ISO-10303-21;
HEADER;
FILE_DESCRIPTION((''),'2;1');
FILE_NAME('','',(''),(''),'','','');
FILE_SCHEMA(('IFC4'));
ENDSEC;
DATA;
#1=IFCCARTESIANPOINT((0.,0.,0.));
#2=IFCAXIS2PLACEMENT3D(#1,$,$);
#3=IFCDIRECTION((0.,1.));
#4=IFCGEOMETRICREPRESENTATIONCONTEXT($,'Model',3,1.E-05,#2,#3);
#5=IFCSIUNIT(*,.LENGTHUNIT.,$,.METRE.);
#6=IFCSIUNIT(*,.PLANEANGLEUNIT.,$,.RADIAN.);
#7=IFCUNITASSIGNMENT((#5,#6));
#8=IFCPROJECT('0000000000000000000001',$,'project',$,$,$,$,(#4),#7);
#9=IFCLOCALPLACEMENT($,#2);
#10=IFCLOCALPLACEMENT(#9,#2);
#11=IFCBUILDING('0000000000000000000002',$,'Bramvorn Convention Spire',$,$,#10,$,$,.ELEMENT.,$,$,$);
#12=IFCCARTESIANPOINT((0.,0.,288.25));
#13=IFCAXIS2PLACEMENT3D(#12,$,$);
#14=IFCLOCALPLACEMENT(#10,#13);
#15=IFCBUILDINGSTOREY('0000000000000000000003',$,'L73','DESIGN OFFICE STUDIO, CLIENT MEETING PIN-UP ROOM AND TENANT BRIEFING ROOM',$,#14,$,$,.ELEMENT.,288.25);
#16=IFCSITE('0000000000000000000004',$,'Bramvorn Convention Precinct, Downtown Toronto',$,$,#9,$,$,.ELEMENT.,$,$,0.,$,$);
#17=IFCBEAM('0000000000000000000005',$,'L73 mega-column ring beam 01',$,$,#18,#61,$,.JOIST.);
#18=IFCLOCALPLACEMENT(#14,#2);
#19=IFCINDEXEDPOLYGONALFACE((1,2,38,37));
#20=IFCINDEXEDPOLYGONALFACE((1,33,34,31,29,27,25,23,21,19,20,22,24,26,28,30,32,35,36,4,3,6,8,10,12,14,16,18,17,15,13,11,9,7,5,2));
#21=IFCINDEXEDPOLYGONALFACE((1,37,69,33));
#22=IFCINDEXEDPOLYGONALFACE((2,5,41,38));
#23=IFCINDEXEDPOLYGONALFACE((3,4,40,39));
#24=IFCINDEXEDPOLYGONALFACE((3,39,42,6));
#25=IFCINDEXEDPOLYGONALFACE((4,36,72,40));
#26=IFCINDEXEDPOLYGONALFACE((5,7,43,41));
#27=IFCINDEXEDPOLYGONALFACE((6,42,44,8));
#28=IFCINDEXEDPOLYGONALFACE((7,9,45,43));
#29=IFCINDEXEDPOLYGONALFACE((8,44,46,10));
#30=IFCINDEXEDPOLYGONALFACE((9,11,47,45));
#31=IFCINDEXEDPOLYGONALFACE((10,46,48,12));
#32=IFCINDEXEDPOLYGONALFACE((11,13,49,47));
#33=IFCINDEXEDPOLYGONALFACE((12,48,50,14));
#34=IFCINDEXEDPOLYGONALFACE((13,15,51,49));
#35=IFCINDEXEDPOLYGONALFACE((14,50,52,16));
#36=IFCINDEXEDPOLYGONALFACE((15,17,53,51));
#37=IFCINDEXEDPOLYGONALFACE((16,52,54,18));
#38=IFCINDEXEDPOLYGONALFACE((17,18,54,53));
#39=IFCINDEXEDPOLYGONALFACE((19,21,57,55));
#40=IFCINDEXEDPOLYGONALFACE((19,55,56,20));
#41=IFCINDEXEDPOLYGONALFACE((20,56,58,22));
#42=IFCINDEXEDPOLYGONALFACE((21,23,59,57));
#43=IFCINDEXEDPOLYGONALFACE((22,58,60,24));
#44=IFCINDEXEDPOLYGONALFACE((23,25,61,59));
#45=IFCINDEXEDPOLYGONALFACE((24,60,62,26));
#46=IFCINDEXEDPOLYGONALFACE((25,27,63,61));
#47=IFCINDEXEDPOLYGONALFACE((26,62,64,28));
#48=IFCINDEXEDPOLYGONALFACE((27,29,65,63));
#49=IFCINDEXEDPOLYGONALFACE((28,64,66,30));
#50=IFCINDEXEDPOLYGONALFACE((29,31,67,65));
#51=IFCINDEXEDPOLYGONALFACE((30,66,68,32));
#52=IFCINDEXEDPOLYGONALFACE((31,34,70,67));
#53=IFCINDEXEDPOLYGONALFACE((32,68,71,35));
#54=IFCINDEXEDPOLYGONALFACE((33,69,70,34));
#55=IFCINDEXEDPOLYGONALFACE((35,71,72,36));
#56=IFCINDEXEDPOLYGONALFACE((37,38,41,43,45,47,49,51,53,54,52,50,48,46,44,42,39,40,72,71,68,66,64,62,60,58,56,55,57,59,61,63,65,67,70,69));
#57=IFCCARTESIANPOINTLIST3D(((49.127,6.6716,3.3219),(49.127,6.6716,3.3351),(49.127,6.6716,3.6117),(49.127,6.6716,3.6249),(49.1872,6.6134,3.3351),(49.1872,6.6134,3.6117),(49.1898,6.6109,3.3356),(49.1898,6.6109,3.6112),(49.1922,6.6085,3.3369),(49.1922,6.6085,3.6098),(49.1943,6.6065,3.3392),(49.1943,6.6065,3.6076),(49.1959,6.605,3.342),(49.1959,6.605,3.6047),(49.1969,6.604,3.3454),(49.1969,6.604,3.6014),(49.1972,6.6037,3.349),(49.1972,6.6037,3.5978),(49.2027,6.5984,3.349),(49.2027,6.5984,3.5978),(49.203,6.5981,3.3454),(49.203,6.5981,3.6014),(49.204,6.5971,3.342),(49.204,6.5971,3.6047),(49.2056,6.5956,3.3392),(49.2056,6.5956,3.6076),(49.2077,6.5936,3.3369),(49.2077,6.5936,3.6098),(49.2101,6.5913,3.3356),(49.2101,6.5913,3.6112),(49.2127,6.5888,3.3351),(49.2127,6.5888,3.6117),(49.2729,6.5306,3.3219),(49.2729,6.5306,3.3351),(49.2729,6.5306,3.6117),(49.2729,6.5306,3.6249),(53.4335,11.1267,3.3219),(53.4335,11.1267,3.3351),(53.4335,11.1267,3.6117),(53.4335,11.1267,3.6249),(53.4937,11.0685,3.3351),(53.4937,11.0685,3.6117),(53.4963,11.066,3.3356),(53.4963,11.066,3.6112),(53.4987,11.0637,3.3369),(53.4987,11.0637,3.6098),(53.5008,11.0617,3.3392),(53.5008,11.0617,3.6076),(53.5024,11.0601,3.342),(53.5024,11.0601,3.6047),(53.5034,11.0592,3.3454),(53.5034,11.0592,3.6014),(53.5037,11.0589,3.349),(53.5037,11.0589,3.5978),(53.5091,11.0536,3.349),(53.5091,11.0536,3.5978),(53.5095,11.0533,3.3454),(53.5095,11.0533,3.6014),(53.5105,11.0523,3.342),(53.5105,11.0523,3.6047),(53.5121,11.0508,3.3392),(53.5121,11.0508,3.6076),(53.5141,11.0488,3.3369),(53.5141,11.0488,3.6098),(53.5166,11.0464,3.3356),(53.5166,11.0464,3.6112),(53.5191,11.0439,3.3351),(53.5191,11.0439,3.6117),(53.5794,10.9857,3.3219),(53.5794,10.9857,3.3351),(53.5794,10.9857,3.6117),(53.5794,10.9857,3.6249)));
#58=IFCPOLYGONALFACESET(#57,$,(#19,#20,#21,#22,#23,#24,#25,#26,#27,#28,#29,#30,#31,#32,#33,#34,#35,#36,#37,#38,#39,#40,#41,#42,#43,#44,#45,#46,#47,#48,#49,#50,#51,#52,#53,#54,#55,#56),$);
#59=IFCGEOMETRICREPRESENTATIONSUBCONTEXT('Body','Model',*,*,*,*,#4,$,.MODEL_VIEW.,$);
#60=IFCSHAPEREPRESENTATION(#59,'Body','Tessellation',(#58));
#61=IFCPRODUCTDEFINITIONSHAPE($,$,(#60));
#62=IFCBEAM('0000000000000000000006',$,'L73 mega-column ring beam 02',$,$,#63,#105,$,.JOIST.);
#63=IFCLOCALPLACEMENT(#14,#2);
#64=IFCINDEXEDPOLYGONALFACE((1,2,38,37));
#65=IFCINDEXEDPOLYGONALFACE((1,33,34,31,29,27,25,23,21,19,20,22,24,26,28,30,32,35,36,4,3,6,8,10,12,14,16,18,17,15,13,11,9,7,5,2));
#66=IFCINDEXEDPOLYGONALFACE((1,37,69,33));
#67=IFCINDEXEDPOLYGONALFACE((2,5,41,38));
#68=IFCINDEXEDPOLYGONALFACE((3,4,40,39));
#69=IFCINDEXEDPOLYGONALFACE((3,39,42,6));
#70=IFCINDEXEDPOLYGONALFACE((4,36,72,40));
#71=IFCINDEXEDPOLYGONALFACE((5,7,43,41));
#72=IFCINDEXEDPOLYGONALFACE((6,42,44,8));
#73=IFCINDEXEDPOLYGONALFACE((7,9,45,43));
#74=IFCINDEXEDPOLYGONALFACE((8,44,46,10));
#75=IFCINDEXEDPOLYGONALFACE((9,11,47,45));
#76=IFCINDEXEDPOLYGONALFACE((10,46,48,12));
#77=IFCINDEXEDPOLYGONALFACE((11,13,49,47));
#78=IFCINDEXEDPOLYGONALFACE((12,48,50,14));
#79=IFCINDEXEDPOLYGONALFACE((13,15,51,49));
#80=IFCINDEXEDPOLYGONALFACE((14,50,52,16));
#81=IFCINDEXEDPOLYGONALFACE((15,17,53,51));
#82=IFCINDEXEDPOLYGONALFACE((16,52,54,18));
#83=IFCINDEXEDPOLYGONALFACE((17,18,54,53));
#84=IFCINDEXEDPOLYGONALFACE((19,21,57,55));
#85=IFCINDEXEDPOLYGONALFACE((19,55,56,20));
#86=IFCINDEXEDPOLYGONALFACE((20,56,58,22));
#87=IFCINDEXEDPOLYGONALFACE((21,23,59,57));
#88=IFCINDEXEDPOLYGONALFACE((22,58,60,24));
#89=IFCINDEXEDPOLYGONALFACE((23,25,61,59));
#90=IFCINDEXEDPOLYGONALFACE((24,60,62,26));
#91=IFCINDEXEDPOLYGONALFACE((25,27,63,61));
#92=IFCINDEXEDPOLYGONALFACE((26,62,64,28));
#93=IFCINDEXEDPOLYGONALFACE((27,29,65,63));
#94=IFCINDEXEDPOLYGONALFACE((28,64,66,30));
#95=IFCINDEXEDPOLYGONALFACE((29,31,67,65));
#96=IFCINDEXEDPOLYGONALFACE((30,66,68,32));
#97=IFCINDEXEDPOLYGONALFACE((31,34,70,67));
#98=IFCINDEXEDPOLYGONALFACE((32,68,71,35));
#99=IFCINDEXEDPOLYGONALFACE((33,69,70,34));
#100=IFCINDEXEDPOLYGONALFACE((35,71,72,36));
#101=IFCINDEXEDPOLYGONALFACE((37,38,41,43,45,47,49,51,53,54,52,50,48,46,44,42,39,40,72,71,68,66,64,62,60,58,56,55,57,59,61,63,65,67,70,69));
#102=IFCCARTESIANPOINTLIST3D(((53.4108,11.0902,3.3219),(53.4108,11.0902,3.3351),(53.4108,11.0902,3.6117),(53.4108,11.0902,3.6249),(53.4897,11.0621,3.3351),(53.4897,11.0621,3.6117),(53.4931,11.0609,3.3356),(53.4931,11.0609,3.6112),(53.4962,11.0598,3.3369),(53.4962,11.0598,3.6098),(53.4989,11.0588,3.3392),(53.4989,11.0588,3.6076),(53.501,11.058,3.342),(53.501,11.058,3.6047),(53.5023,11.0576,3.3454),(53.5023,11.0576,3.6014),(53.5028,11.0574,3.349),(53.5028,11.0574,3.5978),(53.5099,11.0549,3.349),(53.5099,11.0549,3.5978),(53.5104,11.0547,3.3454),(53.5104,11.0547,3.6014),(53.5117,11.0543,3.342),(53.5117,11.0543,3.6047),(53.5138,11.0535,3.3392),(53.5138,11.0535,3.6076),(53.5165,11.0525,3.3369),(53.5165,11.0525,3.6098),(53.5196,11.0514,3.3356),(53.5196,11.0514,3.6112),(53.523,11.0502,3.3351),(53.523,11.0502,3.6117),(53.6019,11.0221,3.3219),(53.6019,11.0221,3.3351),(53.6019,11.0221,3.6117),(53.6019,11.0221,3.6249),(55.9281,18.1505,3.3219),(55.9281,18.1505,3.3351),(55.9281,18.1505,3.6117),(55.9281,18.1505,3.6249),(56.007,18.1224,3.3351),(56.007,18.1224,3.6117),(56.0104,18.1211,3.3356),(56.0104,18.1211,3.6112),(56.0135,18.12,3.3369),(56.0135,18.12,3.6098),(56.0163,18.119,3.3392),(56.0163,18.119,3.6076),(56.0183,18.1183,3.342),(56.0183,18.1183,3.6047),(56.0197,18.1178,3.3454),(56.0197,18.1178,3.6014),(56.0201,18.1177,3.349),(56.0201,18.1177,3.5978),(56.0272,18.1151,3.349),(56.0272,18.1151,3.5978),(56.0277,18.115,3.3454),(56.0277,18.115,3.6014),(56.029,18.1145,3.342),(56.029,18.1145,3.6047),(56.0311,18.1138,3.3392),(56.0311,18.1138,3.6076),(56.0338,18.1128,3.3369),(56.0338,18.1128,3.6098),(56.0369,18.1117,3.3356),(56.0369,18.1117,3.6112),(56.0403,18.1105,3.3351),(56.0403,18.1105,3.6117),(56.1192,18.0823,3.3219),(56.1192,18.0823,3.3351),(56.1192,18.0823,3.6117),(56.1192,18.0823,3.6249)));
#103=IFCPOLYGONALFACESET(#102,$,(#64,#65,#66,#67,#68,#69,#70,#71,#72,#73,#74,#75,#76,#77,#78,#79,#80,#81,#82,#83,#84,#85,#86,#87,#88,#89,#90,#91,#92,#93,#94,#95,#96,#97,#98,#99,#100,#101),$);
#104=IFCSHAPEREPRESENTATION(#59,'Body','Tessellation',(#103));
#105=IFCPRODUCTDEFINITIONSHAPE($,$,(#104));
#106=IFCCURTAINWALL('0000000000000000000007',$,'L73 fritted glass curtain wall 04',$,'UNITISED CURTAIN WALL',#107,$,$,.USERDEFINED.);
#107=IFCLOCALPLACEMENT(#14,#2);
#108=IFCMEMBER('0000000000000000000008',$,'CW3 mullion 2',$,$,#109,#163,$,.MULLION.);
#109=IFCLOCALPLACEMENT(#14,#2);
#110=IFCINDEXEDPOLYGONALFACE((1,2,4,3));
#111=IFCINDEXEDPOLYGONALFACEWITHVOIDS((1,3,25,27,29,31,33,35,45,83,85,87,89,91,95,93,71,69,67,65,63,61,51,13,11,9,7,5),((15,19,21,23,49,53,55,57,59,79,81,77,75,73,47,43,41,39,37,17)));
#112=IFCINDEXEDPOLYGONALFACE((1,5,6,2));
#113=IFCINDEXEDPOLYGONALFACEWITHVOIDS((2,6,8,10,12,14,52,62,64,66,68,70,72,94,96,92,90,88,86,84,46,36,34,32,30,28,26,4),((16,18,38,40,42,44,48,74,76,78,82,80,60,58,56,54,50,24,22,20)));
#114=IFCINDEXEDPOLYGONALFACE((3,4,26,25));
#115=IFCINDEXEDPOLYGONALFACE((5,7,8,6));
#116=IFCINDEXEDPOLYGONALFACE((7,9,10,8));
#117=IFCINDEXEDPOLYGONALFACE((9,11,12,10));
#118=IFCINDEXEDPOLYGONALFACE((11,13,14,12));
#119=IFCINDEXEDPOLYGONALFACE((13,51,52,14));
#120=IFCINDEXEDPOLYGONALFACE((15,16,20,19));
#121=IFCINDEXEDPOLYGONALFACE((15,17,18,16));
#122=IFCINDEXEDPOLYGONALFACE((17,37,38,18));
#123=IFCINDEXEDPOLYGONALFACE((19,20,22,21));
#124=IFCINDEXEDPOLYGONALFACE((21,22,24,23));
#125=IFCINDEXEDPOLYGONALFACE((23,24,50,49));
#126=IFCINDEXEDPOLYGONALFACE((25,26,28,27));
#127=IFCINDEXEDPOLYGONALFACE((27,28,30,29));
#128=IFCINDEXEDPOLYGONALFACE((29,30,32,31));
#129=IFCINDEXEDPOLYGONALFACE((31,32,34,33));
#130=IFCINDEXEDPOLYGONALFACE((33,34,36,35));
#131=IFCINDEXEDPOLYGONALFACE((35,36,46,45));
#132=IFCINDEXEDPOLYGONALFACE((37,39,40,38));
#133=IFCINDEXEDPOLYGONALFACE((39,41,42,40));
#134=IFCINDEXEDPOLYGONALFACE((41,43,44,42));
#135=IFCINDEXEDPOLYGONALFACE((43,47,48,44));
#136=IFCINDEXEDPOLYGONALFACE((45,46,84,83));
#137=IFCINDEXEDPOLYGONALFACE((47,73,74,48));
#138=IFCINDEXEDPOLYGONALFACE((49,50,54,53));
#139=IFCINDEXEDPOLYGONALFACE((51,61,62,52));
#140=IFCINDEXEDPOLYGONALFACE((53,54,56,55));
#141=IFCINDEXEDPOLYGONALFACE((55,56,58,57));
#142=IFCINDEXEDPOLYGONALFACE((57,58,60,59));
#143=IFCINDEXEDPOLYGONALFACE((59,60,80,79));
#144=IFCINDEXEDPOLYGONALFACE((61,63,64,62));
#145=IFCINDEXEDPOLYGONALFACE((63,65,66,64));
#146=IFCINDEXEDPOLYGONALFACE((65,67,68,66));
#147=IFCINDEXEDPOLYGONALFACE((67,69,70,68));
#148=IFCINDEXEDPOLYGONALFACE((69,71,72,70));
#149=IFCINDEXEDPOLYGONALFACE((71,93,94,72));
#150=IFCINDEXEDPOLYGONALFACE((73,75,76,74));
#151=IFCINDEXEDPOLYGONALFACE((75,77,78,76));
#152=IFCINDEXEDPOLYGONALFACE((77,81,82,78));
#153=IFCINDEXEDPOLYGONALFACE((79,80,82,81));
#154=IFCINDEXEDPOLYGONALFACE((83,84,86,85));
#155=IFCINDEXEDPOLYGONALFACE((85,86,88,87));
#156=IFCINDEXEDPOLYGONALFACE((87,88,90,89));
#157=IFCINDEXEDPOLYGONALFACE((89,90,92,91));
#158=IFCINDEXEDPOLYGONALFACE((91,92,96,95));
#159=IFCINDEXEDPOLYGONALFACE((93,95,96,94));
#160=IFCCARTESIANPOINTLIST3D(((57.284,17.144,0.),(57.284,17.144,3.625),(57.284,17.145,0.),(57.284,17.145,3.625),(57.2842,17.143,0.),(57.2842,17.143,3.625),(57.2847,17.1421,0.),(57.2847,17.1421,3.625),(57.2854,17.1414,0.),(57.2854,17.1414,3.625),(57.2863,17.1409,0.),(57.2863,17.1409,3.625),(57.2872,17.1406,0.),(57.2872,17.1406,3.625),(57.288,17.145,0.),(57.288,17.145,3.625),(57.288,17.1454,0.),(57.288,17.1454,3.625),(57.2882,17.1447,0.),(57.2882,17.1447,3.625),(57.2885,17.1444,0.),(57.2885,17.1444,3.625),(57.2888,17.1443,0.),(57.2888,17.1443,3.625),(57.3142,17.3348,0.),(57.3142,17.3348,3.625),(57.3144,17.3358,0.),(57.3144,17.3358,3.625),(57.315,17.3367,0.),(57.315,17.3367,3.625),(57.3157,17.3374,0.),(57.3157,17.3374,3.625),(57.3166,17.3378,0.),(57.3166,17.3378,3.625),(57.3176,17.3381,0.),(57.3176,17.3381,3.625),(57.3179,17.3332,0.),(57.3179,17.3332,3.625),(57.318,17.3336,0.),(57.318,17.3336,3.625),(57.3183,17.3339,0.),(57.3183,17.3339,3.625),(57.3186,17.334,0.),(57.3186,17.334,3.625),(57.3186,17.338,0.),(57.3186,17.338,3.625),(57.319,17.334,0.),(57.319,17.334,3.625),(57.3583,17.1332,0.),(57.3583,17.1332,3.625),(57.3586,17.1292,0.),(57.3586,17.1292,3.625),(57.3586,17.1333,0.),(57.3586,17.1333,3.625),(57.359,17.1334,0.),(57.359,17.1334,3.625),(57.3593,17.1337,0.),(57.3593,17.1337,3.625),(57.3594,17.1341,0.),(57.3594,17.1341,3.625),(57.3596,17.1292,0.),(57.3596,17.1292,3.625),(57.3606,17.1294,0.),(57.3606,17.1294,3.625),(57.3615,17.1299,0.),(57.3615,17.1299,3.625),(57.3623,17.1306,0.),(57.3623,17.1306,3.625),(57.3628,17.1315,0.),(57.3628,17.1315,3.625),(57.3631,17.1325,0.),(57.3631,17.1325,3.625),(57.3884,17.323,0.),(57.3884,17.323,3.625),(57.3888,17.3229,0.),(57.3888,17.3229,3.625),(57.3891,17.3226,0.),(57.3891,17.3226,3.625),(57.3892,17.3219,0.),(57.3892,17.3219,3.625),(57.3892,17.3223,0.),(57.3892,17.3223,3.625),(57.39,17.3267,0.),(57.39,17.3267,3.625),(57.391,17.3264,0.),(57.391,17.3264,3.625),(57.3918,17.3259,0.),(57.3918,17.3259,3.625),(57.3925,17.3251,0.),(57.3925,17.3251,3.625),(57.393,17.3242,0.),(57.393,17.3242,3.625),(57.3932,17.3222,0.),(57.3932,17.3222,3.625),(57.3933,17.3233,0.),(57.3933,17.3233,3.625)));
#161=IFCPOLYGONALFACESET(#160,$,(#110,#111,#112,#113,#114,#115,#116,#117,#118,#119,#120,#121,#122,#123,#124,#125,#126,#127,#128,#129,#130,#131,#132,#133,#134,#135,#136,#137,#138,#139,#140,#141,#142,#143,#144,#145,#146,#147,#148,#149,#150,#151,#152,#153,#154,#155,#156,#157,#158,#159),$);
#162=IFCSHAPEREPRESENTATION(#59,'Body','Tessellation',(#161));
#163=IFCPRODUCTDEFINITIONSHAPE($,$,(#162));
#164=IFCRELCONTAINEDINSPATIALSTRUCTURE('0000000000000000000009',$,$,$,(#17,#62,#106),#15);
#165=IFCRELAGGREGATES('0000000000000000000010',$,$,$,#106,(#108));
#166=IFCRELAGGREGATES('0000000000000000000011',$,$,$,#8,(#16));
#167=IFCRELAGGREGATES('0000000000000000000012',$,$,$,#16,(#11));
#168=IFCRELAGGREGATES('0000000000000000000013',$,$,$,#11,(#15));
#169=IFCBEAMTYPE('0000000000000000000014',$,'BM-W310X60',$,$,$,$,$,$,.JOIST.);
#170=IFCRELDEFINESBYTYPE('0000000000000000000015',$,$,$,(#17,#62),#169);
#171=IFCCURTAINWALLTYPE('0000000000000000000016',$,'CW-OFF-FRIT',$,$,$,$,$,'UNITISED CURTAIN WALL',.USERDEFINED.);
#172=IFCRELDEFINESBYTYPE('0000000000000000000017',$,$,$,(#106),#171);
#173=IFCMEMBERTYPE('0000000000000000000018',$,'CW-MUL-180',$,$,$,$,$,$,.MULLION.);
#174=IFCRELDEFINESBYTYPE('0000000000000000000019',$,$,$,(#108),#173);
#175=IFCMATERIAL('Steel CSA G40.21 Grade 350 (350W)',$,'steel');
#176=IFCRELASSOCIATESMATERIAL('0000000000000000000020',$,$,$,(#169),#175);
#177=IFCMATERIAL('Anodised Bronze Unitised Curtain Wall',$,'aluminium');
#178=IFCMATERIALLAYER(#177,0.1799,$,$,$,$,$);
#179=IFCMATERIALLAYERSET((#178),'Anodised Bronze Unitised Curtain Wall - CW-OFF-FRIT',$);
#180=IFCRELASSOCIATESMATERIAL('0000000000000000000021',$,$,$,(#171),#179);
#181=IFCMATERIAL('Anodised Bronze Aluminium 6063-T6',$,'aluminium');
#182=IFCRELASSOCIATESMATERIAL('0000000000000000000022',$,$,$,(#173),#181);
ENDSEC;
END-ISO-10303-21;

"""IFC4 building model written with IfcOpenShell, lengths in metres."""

from ifc_helpers import new_model, si_unit, direction, frame, origin, origin_2d, place, context, subcontext, project, spatial, hollow_rectangle, i_section, extrude, material, layer, layer_set, material_profile, profile_set, type_object, element, aggregate, save


model = new_model("IFC4")

# Units and contexts
model_context = context("Model", 3, precision=1e-05, world=origin(), true_north=direction((0.0, 1.0)))
body_context = subcontext(model_context, "Body", "Model", "MODEL_VIEW")
ifc_project = project(units=[si_unit("LENGTHUNIT", "METRE"), si_unit("PLANEANGLEUNIT", "RADIAN")], contexts=[model_context])

# Site, building, storey
site_placement = place(None, origin())
site = spatial("IfcSite", under=ifc_project, at=site_placement, Name="Bramvorn Convention Precinct, Downtown Toronto", CompositionType="ELEMENT", RefElevation=0.0)
building_placement = place(site_placement, origin())
building = spatial("IfcBuilding", under=site, at=building_placement, Name="Bramvorn Convention Spire", CompositionType="ELEMENT")
storey_placement = place(building_placement, frame((0.0, 0.0, 288.25)))
storey = spatial("IfcBuildingStorey", under=building, at=storey_placement, Name="L73", Description="DESIGN OFFICE STUDIO, CLIENT MEETING PIN-UP ROOM AND TENANT BRIEFING ROOM", CompositionType="ELEMENT", Elevation=288.25)

# Shared definitions
ifc_material_1 = material(Name="Steel CSA G40.21 Grade 350 (350W)", Category="steel")

# Beams
ifc_material_profile_1 = material_profile(ifc_material_1, i_section(OverallWidth=0.2029, OverallDepth=0.303, WebThickness=0.0076, FlangeThickness=0.0132, FilletRadius=0.0139, at=origin_2d()))
ifc_profile_set_1 = profile_set([ifc_material_profile_1], Name="Steel CSA G40.21 Grade 350 (350W) - W310X60")
beam_type_1 = type_object("IfcBeamType", Name="BM-W310X60", PredefinedType="JOIST", material=ifc_profile_set_1)
beam_1_placement = place(storey_placement, frame((49.2, 6.6011, 3.4734), z_axis=(0.695007, 0.719003, 0.0), x_axis=(-0.719003, 0.695007, 0.0)))
element("IfcBeam", 1, at=beam_1_placement, inside=storey, type_object=beam_type_1, Name="L73 mega-column ring beam 01", PredefinedType="JOIST", context=body_context, shape_type="SweptSolid", body=[
    extrude(i_section(OverallWidth=0.2029, OverallDepth=0.303, WebThickness=0.0076, FlangeThickness=0.0132, FilletRadius=0.0139, at=origin_2d()), origin(), (0.0, 0.0, 1.0), 6.1963),
])
beam_2_placement = place(storey_placement, frame((53.5063, 11.0562, 3.4734), z_axis=(0.335839, 0.941919, 0.0), x_axis=(-0.941919, 0.335839, 0.0)))
element("IfcBeam", 2, at=beam_2_placement, inside=storey, type_object=beam_type_1, Name="L73 mega-column ring beam 02", PredefinedType="JOIST", context=body_context, shape_type="SweptSolid", body=[
    extrude(i_section(OverallWidth=0.2029, OverallDepth=0.303, WebThickness=0.0076, FlangeThickness=0.0132, FilletRadius=0.0139, at=origin_2d()), origin(), (0.0, 0.0, 1.0), 7.4956),
])

# Curtain wall, member
ifc_material_2 = material(Name="Anodised Bronze Unitised Curtain Wall", Category="aluminium")
ifc_layer_1 = layer(ifc_material_2, 0.1799)
ifc_layer_set_1 = layer_set([ifc_layer_1], Name="Anodised Bronze Unitised Curtain Wall - CW-OFF-FRIT")
curtain_wall_type = type_object("IfcCurtainWallType", Name="CW-OFF-FRIT", ElementType="UNITISED CURTAIN WALL", PredefinedType="USERDEFINED", material=ifc_layer_set_1)
curtain_wall_placement = place(storey_placement, origin())
curtain_wall = element("IfcCurtainWall", 3, at=curtain_wall_placement, inside=storey, type_object=curtain_wall_type, Name="L73 fritted glass curtain wall 04", ObjectType="UNITISED CURTAIN WALL", PredefinedType="USERDEFINED")
ifc_material_3 = material(Name="Anodised Bronze Aluminium 6063-T6", Category="aluminium")
ifc_material_profile_2 = material_profile(ifc_material_3, hollow_rectangle(XDim=0.0801, YDim=0.2, WallThickness=0.0039, InnerFilletRadius=0.001, OuterFilletRadius=0.0039, at=origin_2d()))
ifc_profile_set_2 = profile_set([ifc_material_profile_2], Name="Anodised Bronze Aluminium 6063-T6 - CWM80X200")
member_type_1 = type_object("IfcMemberType", Name="CW-MUL-180", PredefinedType="MULLION", material=ifc_profile_set_2)
member_placement = place(storey_placement, frame((57.3386, 17.2336, 0.0), z_axis=(0.0, 0.0, 1.0), x_axis=(0.987609, -0.156934, 0.0)))
member = element("IfcMember", 4, at=member_placement, type_object=member_type_1, Name="CW3 mullion 2", PredefinedType="MULLION", context=body_context, shape_type="SweptSolid", body=[
    extrude(hollow_rectangle(XDim=0.0801, YDim=0.2, WallThickness=0.0039, InnerFilletRadius=0.001, OuterFilletRadius=0.0039, at=origin_2d()), origin(), (0.0, 0.0, 1.0), 3.625),
])
aggregate(curtain_wall, [member])

save(model, "model.ifc")
